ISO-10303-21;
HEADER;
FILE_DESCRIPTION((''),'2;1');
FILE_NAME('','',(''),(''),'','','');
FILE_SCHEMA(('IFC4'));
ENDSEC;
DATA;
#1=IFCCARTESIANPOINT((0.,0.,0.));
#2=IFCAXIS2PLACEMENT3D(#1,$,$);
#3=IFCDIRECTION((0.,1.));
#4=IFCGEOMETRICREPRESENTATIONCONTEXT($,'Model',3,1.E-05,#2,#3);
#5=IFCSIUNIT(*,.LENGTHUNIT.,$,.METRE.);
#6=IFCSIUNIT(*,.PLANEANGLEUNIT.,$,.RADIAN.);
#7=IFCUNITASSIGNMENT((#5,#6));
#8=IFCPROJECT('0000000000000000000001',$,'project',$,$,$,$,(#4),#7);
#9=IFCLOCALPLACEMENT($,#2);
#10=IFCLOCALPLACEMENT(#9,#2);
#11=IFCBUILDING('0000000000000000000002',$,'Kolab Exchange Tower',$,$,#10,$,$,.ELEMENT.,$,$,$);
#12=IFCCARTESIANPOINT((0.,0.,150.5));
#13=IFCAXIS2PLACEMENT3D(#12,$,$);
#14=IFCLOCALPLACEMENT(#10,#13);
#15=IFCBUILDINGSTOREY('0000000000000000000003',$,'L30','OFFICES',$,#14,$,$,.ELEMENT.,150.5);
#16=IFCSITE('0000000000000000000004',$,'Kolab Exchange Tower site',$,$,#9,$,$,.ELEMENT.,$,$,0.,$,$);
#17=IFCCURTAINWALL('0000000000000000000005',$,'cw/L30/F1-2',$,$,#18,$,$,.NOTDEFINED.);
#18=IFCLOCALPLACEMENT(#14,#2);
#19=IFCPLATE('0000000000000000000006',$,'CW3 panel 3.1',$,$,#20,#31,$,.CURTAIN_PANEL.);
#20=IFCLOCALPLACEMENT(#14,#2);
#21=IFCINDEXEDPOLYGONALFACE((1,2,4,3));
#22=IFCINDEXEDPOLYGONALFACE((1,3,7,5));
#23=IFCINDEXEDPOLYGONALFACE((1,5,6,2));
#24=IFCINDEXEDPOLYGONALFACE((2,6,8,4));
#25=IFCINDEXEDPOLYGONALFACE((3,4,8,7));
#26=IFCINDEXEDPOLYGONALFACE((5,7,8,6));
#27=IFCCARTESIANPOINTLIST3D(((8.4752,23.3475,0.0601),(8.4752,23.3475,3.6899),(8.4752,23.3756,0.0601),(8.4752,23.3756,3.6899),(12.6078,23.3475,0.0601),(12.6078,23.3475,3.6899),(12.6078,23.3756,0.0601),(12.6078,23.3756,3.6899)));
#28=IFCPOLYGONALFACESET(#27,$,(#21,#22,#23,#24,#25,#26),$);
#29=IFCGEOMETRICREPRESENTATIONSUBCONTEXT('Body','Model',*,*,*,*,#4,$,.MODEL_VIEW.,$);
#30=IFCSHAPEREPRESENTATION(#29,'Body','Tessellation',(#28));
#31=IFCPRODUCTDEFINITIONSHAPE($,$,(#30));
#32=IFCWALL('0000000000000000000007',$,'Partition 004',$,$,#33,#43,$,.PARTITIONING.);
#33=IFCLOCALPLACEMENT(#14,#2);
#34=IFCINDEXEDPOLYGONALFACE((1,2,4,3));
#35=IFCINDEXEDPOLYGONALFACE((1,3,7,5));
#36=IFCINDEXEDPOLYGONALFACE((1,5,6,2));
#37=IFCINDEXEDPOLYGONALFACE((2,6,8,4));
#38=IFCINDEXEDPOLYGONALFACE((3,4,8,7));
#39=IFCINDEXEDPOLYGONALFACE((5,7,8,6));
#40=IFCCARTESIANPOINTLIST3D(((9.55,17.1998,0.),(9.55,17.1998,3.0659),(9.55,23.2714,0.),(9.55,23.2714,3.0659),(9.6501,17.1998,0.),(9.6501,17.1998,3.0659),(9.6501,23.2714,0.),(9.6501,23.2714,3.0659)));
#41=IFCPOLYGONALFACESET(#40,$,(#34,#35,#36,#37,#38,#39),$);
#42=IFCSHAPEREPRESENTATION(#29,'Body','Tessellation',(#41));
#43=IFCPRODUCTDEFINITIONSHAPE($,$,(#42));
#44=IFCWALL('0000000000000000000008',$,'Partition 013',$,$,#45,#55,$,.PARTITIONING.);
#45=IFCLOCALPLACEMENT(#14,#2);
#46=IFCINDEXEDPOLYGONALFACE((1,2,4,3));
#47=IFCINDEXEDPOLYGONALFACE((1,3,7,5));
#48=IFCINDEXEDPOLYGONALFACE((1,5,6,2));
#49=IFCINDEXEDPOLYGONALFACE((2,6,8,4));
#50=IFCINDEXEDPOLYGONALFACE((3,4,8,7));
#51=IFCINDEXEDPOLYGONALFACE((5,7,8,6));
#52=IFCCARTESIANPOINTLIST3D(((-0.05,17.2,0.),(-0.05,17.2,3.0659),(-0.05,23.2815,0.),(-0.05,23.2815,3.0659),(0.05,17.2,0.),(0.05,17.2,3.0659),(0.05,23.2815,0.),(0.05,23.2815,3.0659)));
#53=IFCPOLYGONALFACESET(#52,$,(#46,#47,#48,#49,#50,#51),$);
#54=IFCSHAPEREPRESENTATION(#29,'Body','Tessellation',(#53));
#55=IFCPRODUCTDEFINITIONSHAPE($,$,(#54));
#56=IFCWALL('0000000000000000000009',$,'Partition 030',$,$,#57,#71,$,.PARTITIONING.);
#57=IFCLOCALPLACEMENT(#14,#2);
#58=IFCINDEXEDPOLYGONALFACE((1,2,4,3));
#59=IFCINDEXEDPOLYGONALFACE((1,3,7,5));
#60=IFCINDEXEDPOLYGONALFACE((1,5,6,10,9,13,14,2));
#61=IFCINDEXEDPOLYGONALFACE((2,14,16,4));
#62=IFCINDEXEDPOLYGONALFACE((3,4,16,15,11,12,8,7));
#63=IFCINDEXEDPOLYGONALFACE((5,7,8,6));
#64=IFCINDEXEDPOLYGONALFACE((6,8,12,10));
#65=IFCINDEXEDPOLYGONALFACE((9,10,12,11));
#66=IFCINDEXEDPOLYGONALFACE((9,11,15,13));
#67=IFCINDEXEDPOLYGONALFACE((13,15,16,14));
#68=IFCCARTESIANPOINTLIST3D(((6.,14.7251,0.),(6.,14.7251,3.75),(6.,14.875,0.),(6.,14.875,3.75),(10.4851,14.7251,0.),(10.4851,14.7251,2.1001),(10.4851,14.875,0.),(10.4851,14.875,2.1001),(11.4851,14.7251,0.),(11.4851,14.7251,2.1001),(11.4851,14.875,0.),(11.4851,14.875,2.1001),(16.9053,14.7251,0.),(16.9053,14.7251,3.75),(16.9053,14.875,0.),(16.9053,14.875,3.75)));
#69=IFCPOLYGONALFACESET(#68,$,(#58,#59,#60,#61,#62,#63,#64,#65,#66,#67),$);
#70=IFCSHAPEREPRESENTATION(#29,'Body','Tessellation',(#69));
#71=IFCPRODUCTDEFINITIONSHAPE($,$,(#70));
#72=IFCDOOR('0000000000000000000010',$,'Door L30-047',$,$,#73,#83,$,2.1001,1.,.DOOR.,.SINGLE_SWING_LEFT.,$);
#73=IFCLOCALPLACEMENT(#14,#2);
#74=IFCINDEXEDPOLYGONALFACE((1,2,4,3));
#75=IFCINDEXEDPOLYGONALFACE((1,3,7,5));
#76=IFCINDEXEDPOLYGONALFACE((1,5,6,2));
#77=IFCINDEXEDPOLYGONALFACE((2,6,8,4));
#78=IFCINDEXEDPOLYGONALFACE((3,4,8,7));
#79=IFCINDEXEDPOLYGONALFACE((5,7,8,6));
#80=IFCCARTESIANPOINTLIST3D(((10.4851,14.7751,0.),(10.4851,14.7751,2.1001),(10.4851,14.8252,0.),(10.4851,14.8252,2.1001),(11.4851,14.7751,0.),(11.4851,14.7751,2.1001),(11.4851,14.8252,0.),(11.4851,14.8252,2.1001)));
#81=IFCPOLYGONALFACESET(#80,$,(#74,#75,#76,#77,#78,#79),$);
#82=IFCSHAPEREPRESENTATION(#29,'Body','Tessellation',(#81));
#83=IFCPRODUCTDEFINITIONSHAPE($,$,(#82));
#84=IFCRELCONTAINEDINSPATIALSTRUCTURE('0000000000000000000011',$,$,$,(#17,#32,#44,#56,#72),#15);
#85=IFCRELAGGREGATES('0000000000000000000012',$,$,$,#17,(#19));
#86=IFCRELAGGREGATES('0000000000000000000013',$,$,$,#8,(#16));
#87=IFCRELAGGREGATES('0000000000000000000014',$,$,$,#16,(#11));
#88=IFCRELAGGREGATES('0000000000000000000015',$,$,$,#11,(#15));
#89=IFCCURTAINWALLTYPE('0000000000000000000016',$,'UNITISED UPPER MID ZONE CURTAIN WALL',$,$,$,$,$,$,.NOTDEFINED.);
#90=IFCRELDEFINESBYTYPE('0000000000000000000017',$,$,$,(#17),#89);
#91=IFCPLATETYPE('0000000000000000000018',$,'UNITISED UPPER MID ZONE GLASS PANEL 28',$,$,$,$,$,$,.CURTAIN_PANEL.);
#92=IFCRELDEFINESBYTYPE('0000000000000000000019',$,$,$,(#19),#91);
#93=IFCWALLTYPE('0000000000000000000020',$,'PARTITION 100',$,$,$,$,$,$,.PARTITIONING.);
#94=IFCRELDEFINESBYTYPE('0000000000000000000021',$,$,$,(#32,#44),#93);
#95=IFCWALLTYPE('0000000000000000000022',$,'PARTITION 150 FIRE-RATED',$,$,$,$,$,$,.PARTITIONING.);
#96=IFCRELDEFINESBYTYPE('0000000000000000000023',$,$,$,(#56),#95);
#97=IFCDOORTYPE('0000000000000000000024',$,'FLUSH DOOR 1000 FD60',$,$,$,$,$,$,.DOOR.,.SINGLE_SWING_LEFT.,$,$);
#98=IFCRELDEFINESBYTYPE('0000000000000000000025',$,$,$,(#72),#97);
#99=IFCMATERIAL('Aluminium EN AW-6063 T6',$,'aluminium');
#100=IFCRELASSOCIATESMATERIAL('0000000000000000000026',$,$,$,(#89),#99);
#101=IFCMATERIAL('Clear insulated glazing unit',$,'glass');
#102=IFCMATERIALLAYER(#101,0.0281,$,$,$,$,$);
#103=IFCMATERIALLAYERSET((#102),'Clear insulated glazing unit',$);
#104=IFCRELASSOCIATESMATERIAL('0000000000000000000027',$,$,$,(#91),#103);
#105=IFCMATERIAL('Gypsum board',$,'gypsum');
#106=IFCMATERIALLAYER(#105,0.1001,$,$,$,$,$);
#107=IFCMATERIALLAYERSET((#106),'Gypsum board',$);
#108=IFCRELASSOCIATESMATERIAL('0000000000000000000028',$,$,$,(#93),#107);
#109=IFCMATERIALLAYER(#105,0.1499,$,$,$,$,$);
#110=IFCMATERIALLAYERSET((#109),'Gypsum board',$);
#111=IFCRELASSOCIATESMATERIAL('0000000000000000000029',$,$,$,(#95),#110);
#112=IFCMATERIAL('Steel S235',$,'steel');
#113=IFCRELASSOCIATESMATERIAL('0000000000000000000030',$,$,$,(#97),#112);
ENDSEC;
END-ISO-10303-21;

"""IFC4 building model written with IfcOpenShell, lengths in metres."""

from ifc_helpers import new_model, si_unit, direction, frame, frame_2d, origin, origin_2d, place, context, subcontext, project, spatial, rectangle, extrude, material, layer, layer_set, type_object, element, fill, aggregate, save


model = new_model("IFC4")

# Units and contexts
model_context = context("Model", 3, precision=1e-05, world=origin(), true_north=direction((0.0, 1.0)))
body_context = subcontext(model_context, "Body", "Model", "MODEL_VIEW")
ifc_project = project(units=[si_unit("LENGTHUNIT", "METRE"), si_unit("PLANEANGLEUNIT", "RADIAN")], contexts=[model_context])

# Site, building, storey
site_placement = place(None, origin())
site = spatial("IfcSite", under=ifc_project, at=site_placement, Name="Kolab Exchange Tower site", CompositionType="ELEMENT", RefElevation=0.0)
building_placement = place(site_placement, origin())
building = spatial("IfcBuilding", under=site, at=building_placement, Name="Kolab Exchange Tower", CompositionType="ELEMENT")
storey_placement = place(building_placement, frame((0.0, 0.0, 150.5)))
storey = spatial("IfcBuildingStorey", under=building, at=storey_placement, Name="L30", Description="OFFICES", CompositionType="ELEMENT", Elevation=150.5)

# Curtain wall
ifc_material_1 = material(Name="Aluminium EN AW-6063 T6", Category="aluminium")
curtain_wall_type = type_object("IfcCurtainWallType", Name="UNITISED UPPER MID ZONE CURTAIN WALL", PredefinedType="NOTDEFINED", material=ifc_material_1)
curtain_wall_1_placement = place(storey_placement, origin())
curtain_wall_1 = element("IfcCurtainWall", 1, at=curtain_wall_1_placement, inside=storey, type_object=curtain_wall_type, Name="cw/L30/F1-2", PredefinedType="NOTDEFINED")

# Plate
ifc_material_2 = material(Name="Clear insulated glazing unit", Category="glass")
ifc_layer_1 = layer(ifc_material_2, 0.0281)
ifc_layer_set_1 = layer_set([ifc_layer_1], Name="Clear insulated glazing unit")
plate_type = type_object("IfcPlateType", Name="UNITISED UPPER MID ZONE GLASS PANEL 28", PredefinedType="CURTAIN_PANEL", material=ifc_layer_set_1)
plate_1_placement = place(storey_placement, frame((10.5415, 23.3616, 0.0601), z_axis=(0.0, 0.0, 1.0), x_axis=(1.0, 0.0, 0.0)))
plate_1 = element("IfcPlate", 2, at=plate_1_placement, type_object=plate_type, Name="CW3 panel 3.1", PredefinedType="CURTAIN_PANEL", context=body_context, shape_type="SweptSolid", body=[
    extrude(rectangle(XDim=4.1326, YDim=0.0281, at=origin_2d()), origin(), (0.0, 0.0, 1.0), 3.6299),
])
aggregate(curtain_wall_1, [plate_1])

# Walls
ifc_material_3 = material(Name="Gypsum board", Category="gypsum")
ifc_layer_2 = layer(ifc_material_3, 0.1001)
ifc_layer_set_2 = layer_set([ifc_layer_2], Name="Gypsum board")
wall_type_1 = type_object("IfcWallType", Name="PARTITION 100", PredefinedType="PARTITIONING", material=ifc_layer_set_2)
wall_1_placement = place(storey_placement, frame((9.6001, 17.2, 0.0), z_axis=(0.0, 0.0, 1.0), x_axis=(0.0, 1.0, 0.0)))
element("IfcWall", 3, at=wall_1_placement, inside=storey, type_object=wall_type_1, Name="Partition 004", PredefinedType="PARTITIONING", context=body_context, shape_type="SweptSolid", body=[
    extrude(rectangle(XDim=6.0715, YDim=0.1001, at=frame_2d((3.0356, 0.0))), origin(), (0.0, 0.0, 1.0), 3.0659),
])
wall_2_placement = place(storey_placement, frame((0.0, 17.2, 0.0), z_axis=(0.0, 0.0, 1.0), x_axis=(0.0, 1.0, 0.0)))
element("IfcWall", 4, at=wall_2_placement, inside=storey, type_object=wall_type_1, Name="Partition 013", PredefinedType="PARTITIONING", context=body_context, shape_type="SweptSolid", body=[
    extrude(rectangle(XDim=6.0815, YDim=0.1001, at=frame_2d((3.0408, 0.0))), origin(), (0.0, 0.0, 1.0), 3.0659),
])

# Wall, opening, door
ifc_layer_3 = layer(ifc_material_3, 0.1499)
ifc_layer_set_3 = layer_set([ifc_layer_3], Name="Gypsum board")
wall_type_2 = type_object("IfcWallType", Name="PARTITION 150 FIRE-RATED", PredefinedType="PARTITIONING", material=ifc_layer_set_3)
wall_3_placement = place(storey_placement, frame((6.0, 14.8, 0.0), z_axis=(0.0, 0.0, 1.0), x_axis=(1.0, 0.0, 0.0)))
wall_3 = element("IfcWall", 5, at=wall_3_placement, inside=storey, type_object=wall_type_2, Name="Partition 030", PredefinedType="PARTITIONING", context=body_context, shape_type="SweptSolid", body=[
    extrude(rectangle(XDim=10.9053, YDim=0.1499, at=frame_2d((5.4526, 0.0))), origin(), (0.0, 0.0, 1.0), 3.75),
])
opening_placement = place(wall_3_placement, frame((4.4851, 0.0, 0.0)))
opening = element("IfcOpeningElement", 6, at=opening_placement, cuts=wall_3, PredefinedType="OPENING", context=body_context, shape_type="SweptSolid", body=[
    extrude(rectangle(XDim=1.0, YDim=2.1001, at=frame_2d((0.5, 1.05))), frame((0.0, 0.085, 0.0), z_axis=(0.0, -1.0, 0.0), x_axis=(1.0, 0.0, 0.0)), (0.0, 0.0, 1.0), 0.1699),
])
ifc_material_4 = material(Name="Steel S235", Category="steel")
door_type = type_object("IfcDoorType", Name="FLUSH DOOR 1000 FD60", OperationType="SINGLE_SWING_LEFT", PredefinedType="DOOR", material=ifc_material_4)
door_placement = place(opening_placement, frame((1.0, 0.0, 0.0), z_axis=(0.0, 0.0, 1.0), x_axis=(-1.0, 0.0, 0.0)))
door = element("IfcDoor", 7, at=door_placement, inside=storey, type_object=door_type, Name="Door L30-047", OperationType="SINGLE_SWING_LEFT", OverallHeight=2.1001, OverallWidth=1.0, PredefinedType="DOOR", context=body_context, shape_type="SweptSolid", body=[
    extrude(rectangle(XDim=1.0, YDim=2.1001, at=frame_2d((0.5, 1.05))), frame((0.0, 0.0249, 0.0), z_axis=(0.0, -1.0, 0.0), x_axis=(1.0, 0.0, 0.0)), (0.0, 0.0, 1.0), 0.05),
])
fill(opening, door)

save(model, "model.ifc")
